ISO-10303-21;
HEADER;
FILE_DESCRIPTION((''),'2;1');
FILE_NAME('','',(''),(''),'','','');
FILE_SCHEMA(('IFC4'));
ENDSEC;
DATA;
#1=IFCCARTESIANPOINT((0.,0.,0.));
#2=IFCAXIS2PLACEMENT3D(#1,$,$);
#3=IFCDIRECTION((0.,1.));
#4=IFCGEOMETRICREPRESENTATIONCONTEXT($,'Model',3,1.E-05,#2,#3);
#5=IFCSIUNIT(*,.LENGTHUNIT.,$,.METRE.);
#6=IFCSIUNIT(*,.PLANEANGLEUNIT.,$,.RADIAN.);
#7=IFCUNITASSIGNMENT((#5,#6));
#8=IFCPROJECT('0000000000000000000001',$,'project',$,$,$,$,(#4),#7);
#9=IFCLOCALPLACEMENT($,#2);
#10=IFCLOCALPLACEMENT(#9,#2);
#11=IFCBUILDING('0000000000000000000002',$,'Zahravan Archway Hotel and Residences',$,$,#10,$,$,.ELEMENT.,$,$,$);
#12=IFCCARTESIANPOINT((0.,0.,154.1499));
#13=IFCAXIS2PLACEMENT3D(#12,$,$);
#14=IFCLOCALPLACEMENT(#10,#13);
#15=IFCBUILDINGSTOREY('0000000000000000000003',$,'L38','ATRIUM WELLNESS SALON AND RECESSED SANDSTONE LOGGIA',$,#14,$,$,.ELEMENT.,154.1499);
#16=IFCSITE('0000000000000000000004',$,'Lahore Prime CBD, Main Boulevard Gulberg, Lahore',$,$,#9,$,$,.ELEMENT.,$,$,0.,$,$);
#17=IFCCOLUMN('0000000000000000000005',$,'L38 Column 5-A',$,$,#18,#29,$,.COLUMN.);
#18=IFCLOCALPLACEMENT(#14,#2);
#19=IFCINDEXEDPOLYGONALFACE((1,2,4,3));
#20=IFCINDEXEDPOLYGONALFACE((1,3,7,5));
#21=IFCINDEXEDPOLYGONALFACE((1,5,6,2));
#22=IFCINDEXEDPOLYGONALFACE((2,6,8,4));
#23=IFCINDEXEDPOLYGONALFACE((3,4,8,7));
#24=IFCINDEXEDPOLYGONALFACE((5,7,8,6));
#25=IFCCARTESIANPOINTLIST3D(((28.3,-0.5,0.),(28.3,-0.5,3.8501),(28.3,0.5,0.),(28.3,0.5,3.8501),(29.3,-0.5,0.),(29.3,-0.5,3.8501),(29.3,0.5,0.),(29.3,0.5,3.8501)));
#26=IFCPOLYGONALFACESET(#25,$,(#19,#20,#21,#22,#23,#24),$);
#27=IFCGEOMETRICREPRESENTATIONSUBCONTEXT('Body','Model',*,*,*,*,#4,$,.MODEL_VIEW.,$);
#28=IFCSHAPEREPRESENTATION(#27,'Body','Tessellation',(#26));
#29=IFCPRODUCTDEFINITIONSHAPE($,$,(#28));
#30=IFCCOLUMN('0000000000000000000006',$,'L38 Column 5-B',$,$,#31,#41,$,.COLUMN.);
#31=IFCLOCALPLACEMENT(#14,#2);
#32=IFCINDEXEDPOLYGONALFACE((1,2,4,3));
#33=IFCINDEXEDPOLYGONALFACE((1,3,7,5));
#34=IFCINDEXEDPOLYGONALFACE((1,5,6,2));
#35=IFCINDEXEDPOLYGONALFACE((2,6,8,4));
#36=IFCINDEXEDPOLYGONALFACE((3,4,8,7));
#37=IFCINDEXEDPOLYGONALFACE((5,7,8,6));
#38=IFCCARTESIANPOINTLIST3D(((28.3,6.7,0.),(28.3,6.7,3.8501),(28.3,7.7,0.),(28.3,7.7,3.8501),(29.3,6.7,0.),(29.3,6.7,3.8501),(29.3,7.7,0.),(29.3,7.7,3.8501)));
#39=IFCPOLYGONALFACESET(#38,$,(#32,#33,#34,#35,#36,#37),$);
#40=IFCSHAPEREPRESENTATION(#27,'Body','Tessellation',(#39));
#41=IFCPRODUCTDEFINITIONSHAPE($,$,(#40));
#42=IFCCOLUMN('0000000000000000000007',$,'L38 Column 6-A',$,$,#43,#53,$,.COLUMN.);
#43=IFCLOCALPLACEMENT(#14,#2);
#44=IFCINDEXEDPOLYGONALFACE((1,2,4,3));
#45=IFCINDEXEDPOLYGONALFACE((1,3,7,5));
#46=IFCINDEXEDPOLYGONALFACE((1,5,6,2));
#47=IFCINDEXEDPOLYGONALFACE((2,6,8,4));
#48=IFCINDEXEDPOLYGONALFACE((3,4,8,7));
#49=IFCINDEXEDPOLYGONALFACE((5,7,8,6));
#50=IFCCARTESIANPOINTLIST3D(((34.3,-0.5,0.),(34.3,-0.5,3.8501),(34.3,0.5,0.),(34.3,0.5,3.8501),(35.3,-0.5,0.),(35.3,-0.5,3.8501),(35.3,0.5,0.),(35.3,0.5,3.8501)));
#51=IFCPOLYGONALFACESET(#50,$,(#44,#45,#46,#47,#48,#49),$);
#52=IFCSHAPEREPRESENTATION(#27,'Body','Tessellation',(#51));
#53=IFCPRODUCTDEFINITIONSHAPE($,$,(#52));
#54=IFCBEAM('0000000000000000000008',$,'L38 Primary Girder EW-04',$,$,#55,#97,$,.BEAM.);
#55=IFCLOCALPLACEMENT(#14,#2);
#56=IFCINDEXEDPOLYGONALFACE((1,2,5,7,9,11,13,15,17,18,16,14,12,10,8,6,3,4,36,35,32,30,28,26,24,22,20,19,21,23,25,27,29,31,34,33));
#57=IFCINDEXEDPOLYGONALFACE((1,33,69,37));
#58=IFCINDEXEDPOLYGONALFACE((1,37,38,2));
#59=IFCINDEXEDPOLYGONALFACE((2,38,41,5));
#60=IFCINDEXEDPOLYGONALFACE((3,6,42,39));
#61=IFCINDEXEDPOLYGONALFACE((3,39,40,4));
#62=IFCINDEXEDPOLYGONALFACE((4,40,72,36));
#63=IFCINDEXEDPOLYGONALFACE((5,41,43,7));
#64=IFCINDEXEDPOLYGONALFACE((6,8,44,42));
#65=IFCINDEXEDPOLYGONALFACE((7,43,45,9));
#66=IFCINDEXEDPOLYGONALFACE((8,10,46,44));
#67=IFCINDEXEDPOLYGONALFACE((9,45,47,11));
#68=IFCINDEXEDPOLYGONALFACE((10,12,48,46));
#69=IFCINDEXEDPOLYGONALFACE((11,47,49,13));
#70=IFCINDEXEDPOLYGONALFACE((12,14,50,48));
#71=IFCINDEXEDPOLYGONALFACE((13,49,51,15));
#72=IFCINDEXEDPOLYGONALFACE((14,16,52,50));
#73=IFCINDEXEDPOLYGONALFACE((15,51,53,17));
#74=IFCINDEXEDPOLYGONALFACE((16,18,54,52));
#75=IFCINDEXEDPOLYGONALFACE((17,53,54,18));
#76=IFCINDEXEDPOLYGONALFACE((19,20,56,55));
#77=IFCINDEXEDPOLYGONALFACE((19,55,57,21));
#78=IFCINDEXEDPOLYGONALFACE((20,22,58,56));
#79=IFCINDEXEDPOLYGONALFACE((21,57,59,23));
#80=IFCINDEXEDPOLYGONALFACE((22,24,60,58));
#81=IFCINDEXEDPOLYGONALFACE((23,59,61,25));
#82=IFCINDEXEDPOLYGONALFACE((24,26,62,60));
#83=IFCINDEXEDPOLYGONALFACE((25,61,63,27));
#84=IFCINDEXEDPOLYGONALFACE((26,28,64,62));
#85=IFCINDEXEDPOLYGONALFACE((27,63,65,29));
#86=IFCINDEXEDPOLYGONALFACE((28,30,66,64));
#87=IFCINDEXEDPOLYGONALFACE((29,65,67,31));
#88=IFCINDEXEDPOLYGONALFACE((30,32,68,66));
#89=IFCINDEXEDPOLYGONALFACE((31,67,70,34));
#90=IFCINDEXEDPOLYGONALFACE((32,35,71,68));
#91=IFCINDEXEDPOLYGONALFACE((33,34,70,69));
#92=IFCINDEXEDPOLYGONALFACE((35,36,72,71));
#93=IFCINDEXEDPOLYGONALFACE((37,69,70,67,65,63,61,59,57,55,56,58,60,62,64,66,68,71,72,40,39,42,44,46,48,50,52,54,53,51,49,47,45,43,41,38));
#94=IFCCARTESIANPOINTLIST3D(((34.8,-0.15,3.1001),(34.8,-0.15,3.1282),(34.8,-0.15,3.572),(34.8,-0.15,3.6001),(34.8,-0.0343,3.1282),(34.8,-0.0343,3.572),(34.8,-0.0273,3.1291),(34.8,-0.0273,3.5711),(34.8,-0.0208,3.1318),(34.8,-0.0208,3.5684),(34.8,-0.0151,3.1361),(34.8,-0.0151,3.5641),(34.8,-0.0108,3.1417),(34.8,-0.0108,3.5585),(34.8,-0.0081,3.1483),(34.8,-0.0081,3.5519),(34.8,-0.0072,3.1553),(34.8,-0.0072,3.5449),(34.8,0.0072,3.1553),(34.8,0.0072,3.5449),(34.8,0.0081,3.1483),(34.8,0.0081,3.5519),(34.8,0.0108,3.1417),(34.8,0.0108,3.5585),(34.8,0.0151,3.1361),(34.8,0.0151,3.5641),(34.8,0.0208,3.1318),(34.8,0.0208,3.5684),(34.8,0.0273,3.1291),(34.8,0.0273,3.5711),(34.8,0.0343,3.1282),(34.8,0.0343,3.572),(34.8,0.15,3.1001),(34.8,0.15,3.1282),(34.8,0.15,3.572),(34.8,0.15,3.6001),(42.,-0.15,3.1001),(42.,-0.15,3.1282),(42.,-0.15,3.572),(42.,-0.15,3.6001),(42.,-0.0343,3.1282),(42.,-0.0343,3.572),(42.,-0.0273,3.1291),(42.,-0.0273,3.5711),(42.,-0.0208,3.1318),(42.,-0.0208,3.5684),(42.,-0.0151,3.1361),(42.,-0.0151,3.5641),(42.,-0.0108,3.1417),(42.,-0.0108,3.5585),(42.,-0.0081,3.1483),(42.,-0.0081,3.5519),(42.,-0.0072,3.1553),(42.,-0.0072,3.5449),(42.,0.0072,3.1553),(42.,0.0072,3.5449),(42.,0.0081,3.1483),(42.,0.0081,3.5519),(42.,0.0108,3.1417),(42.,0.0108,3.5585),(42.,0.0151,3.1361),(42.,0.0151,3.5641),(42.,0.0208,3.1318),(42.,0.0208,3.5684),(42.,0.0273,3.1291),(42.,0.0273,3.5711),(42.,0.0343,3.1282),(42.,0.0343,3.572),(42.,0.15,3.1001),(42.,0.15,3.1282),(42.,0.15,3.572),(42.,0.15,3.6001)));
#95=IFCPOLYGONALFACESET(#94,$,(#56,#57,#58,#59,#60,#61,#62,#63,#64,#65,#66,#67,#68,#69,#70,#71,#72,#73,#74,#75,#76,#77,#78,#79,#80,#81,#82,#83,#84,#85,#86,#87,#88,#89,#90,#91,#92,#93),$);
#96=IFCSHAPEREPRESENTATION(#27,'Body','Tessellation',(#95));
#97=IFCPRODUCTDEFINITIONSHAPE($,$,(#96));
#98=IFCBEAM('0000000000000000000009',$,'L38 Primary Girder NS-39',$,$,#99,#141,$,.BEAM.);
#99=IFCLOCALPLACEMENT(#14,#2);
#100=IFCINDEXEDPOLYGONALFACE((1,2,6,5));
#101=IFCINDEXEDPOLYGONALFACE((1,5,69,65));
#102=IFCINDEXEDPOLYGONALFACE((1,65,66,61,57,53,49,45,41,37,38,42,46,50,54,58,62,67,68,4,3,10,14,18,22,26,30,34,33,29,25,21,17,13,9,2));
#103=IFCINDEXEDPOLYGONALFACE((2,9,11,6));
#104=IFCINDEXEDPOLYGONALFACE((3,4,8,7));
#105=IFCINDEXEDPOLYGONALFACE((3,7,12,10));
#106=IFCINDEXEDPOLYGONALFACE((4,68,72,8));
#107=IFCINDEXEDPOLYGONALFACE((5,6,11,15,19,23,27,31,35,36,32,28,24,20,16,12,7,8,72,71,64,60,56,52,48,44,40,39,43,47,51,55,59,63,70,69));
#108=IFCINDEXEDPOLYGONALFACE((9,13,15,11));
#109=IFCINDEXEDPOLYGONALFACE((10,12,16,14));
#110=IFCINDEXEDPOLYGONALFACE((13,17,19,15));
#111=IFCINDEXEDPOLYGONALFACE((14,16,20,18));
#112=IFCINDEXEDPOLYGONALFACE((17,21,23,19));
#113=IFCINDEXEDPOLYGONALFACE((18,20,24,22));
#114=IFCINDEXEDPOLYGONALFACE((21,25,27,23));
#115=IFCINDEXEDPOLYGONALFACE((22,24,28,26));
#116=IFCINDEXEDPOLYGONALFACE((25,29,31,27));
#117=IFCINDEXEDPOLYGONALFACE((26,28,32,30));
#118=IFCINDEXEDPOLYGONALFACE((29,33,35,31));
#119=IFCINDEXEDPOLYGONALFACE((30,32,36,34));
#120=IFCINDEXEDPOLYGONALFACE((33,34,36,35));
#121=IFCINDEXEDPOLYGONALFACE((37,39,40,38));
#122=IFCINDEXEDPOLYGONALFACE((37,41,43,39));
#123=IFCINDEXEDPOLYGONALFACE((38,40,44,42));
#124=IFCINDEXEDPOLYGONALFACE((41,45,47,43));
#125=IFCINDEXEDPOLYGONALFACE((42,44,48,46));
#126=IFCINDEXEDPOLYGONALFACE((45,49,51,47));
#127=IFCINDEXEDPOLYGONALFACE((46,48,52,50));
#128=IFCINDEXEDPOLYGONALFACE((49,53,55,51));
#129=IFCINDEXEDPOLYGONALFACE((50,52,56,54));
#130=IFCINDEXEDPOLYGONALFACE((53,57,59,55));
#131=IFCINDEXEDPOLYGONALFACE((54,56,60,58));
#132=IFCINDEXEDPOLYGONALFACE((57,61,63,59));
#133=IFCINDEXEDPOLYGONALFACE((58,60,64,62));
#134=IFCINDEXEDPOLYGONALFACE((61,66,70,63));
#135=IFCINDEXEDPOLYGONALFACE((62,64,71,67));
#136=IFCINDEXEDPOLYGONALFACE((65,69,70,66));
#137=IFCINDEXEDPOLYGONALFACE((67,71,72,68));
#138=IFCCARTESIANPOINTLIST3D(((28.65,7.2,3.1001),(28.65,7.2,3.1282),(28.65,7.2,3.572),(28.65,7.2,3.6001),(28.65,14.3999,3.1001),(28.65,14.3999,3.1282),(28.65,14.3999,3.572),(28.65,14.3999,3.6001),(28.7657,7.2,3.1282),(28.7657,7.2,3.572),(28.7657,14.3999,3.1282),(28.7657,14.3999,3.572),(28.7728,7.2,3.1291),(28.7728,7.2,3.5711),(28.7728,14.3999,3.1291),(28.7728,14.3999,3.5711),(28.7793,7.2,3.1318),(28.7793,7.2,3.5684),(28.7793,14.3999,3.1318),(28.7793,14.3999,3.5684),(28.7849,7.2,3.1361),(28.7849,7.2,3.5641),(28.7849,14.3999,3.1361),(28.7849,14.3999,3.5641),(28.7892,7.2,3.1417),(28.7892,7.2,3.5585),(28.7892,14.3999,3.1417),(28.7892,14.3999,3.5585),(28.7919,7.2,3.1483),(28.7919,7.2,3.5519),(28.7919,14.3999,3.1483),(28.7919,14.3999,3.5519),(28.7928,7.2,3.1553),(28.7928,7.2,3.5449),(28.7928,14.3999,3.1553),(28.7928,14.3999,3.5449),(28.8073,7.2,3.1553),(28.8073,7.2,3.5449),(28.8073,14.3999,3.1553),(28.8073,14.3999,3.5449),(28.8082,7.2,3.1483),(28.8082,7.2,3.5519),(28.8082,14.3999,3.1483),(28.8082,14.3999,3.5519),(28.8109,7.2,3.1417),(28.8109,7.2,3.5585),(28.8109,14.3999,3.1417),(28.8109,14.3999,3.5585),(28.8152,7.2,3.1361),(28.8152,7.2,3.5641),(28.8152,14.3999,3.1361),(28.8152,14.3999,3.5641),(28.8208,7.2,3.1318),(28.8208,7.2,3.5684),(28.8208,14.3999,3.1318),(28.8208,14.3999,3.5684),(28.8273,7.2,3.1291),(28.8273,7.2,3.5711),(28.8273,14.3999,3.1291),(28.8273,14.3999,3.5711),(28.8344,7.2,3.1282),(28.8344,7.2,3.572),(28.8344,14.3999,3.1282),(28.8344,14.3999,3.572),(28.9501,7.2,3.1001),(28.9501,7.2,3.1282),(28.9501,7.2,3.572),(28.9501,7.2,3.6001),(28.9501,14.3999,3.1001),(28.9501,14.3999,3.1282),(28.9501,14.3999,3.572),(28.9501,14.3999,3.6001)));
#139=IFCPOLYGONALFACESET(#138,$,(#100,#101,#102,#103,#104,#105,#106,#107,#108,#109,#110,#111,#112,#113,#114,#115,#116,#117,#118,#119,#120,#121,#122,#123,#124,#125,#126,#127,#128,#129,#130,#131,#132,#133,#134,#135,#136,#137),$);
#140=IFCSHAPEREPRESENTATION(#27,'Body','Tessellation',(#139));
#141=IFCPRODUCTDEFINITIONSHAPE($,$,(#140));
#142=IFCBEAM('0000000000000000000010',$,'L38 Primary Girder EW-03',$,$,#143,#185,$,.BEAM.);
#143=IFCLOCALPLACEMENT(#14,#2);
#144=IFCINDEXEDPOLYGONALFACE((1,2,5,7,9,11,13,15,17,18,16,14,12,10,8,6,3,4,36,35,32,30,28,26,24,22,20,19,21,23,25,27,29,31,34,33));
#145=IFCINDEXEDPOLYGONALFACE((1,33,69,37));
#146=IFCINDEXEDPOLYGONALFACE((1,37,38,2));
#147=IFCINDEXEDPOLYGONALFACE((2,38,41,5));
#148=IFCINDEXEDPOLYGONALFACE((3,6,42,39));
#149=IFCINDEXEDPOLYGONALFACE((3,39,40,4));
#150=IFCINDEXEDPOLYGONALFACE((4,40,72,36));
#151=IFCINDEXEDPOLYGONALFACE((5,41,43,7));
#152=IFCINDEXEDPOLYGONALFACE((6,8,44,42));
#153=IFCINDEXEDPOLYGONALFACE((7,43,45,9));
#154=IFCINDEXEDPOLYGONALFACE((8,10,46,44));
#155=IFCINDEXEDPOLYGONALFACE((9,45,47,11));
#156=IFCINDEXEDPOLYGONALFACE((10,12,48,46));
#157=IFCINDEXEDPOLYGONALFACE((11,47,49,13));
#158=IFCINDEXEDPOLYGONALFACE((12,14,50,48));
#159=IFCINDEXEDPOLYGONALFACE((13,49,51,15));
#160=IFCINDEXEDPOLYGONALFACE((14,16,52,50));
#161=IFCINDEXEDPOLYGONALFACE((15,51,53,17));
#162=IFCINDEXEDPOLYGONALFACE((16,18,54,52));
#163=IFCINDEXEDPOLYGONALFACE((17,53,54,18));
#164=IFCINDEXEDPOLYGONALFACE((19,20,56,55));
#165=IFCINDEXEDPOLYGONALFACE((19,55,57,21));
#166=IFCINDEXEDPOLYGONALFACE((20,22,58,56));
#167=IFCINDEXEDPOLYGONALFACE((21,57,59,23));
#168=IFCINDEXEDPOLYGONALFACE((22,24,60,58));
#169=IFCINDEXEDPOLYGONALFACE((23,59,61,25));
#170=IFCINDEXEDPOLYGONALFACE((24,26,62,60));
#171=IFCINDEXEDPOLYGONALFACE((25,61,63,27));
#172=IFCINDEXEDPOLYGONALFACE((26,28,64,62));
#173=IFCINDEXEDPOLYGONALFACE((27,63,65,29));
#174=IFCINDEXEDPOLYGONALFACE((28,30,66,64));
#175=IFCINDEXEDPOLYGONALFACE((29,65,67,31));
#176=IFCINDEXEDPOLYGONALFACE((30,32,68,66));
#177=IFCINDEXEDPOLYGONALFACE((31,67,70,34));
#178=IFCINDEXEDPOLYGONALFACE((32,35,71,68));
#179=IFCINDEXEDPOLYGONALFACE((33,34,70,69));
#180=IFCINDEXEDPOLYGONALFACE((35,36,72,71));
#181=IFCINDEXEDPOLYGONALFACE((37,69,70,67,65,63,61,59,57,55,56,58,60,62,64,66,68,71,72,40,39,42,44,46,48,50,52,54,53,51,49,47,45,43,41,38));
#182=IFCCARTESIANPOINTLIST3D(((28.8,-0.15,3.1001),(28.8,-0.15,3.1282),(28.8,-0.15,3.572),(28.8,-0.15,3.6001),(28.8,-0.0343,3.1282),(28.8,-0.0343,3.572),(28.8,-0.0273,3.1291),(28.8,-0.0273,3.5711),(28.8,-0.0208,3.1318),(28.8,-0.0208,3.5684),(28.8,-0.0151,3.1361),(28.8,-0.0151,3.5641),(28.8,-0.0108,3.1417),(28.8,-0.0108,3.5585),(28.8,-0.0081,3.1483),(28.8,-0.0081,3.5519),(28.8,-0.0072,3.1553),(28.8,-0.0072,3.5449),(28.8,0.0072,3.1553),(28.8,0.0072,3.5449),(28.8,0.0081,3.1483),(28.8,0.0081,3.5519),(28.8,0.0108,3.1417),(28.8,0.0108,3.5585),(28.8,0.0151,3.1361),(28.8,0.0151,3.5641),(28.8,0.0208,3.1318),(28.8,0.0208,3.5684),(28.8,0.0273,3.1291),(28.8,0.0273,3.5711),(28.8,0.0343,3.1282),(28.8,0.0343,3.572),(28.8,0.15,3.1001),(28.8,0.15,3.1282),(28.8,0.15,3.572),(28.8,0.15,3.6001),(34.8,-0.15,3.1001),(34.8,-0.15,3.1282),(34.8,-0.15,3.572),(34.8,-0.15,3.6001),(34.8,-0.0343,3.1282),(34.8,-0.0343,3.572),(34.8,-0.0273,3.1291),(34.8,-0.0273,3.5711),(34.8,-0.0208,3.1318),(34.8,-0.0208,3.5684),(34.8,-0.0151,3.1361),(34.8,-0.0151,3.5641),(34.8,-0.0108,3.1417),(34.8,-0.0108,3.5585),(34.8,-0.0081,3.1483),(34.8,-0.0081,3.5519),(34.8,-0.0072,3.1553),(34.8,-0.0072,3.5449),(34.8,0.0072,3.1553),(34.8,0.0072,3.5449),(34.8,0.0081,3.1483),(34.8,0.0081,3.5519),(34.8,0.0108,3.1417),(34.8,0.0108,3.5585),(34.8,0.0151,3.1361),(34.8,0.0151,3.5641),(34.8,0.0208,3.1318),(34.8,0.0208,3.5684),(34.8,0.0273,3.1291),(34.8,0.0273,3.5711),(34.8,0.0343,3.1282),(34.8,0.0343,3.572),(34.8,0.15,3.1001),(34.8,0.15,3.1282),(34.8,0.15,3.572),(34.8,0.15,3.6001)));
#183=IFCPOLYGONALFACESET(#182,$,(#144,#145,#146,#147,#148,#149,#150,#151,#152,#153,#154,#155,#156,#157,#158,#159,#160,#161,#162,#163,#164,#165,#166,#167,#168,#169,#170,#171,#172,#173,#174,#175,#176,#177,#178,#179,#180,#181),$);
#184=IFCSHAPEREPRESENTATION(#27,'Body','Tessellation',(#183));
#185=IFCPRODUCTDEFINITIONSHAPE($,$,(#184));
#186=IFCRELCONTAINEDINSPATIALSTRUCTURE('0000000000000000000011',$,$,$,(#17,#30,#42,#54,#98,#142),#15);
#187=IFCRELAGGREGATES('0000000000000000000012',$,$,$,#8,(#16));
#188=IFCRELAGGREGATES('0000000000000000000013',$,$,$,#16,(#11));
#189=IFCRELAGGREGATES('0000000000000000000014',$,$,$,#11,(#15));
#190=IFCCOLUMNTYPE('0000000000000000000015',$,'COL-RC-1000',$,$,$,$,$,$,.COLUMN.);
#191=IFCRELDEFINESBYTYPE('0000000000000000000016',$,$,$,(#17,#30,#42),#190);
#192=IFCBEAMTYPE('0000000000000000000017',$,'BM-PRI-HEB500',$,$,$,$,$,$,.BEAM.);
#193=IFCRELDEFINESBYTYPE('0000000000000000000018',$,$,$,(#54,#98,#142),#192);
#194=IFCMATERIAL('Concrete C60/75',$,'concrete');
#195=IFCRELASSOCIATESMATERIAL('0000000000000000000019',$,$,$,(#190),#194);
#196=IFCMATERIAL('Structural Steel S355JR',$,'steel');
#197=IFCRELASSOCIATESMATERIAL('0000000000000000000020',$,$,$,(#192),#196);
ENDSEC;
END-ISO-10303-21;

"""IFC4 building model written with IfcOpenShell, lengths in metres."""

from ifc_helpers import new_model, si_unit, direction, frame, origin, origin_2d, place, context, subcontext, project, spatial, rectangle, i_section, extrude, source, transform, mapped, material, material_profile, profile_set, type_object, element, save


model = new_model("IFC4")

# Units and contexts
model_context = context("Model", 3, precision=1e-05, world=origin(), true_north=direction((0.0, 1.0)))
body_context = subcontext(model_context, "Body", "Model", "MODEL_VIEW")
ifc_project = project(units=[si_unit("LENGTHUNIT", "METRE"), si_unit("PLANEANGLEUNIT", "RADIAN")], contexts=[model_context])

# Site, building, storey
site_placement = place(None, origin())
site = spatial("IfcSite", under=ifc_project, at=site_placement, Name="Lahore Prime CBD, Main Boulevard Gulberg, Lahore", CompositionType="ELEMENT", RefElevation=0.0)
building_placement = place(site_placement, origin())
building = spatial("IfcBuilding", under=site, at=building_placement, Name="Zahravan Archway Hotel and Residences", CompositionType="ELEMENT")
storey_placement = place(building_placement, frame((0.0, 0.0, 154.1499)))
storey = spatial("IfcBuildingStorey", under=building, at=storey_placement, Name="L38", Description="ATRIUM WELLNESS SALON AND RECESSED SANDSTONE LOGGIA", CompositionType="ELEMENT", Elevation=154.1499)

# Columns
ifc_material_1 = material(Name="Concrete C60/75", Category="concrete")
ifc_material_profile_1 = material_profile(ifc_material_1, rectangle(XDim=1.0, YDim=1.0, at=origin_2d()), Name="RC-COL-1000x1000", Category="concrete")
ifc_profile_set_1 = profile_set([ifc_material_profile_1], Name="Concrete C60/75")
column_type = type_object("IfcColumnType", Name="COL-RC-1000", PredefinedType="COLUMN", material=ifc_profile_set_1)
shared_shape_1 = source(origin(), body_context, "Body", "SweptSolid", [
    extrude(rectangle(XDim=1.0, YDim=1.0, at=origin_2d()), origin(), (0.0, 0.0, 1.0), 3.8501),
])
for number, where, z_axis, x_axis, name in (
    (1, (28.8, 0.0, 0.0), (0.0, 0.0, 1.0), (1.0, 0.0, 0.0), "L38 Column 5-A"),
    (2, (28.8, 7.2, 0.0), (0.0, 0.0, 1.0), (1.0, 0.0, 0.0), "L38 Column 5-B"),
    (3, (34.8, 0.0, 0.0), (0.0, 0.0, 1.0), (1.0, 0.0, 0.0), "L38 Column 6-A"),
):
    element("IfcColumn", number, at=place(storey_placement, frame(where, z_axis=z_axis, x_axis=x_axis)), inside=storey, type_object=column_type, Name=name, PredefinedType="COLUMN", context=body_context, shape_type="MappedRepresentation", body=[
        mapped(shared_shape_1, transform((0.0, 0.0, 0.0), scale=1.0)),
    ])

# Beams
ifc_material_2 = material(Name="Structural Steel S355JR", Category="steel")
ifc_material_profile_2 = material_profile(ifc_material_2, i_section(OverallWidth=0.3, OverallDepth=0.5, WebThickness=0.0144, FlangeThickness=0.0281, FilletRadius=0.0271, at=origin_2d()), Name="HEB 500", Category="steel")
ifc_profile_set_2 = profile_set([ifc_material_profile_2], Name="Structural Steel S355JR")
beam_type_1 = type_object("IfcBeamType", Name="BM-PRI-HEB500", PredefinedType="BEAM", material=ifc_profile_set_2)
shared_shape_2 = source(origin(), body_context, "Body", "SweptSolid", [
    extrude(i_section(OverallWidth=0.3, OverallDepth=0.5, WebThickness=0.0144, FlangeThickness=0.0281, FilletRadius=0.0271, at=origin_2d()), origin(), (0.0, 0.0, 1.0), 7.2),
])
for number, where, z_axis, x_axis, name in (
    (4, (34.8, 0.0, 3.3501), (1.0, 0.0, 0.0), (0.0, 1.0, 0.0), "L38 Primary Girder EW-04"),
    (5, (28.8, 7.2, 3.3501), (0.0, 1.0, 0.0), (-1.0, 0.0, 0.0), "L38 Primary Girder NS-39"),
):
    element("IfcBeam", number, at=place(storey_placement, frame(where, z_axis=z_axis, x_axis=x_axis)), inside=storey, type_object=beam_type_1, Name=name, PredefinedType="BEAM", context=body_context, shape_type="MappedRepresentation", body=[
        mapped(shared_shape_2, transform((0.0, 0.0, 0.0), scale=1.0)),
    ])
shared_shape_3 = source(origin(), body_context, "Body", "SweptSolid", [
    extrude(i_section(OverallWidth=0.3, OverallDepth=0.5, WebThickness=0.0144, FlangeThickness=0.0281, FilletRadius=0.0271, at=origin_2d()), origin(), (0.0, 0.0, 1.0), 6.0),
])
for number, where, z_axis, x_axis, name in (
    (6, (28.8, 0.0, 3.3501), (1.0, 0.0, 0.0), (0.0, 1.0, 0.0), "L38 Primary Girder EW-03"),
):
    element("IfcBeam", number, at=place(storey_placement, frame(where, z_axis=z_axis, x_axis=x_axis)), inside=storey, type_object=beam_type_1, Name=name, PredefinedType="BEAM", context=body_context, shape_type="MappedRepresentation", body=[
        mapped(shared_shape_3, transform((0.0, 0.0, 0.0), scale=1.0)),
    ])

save(model, "model.ifc")
